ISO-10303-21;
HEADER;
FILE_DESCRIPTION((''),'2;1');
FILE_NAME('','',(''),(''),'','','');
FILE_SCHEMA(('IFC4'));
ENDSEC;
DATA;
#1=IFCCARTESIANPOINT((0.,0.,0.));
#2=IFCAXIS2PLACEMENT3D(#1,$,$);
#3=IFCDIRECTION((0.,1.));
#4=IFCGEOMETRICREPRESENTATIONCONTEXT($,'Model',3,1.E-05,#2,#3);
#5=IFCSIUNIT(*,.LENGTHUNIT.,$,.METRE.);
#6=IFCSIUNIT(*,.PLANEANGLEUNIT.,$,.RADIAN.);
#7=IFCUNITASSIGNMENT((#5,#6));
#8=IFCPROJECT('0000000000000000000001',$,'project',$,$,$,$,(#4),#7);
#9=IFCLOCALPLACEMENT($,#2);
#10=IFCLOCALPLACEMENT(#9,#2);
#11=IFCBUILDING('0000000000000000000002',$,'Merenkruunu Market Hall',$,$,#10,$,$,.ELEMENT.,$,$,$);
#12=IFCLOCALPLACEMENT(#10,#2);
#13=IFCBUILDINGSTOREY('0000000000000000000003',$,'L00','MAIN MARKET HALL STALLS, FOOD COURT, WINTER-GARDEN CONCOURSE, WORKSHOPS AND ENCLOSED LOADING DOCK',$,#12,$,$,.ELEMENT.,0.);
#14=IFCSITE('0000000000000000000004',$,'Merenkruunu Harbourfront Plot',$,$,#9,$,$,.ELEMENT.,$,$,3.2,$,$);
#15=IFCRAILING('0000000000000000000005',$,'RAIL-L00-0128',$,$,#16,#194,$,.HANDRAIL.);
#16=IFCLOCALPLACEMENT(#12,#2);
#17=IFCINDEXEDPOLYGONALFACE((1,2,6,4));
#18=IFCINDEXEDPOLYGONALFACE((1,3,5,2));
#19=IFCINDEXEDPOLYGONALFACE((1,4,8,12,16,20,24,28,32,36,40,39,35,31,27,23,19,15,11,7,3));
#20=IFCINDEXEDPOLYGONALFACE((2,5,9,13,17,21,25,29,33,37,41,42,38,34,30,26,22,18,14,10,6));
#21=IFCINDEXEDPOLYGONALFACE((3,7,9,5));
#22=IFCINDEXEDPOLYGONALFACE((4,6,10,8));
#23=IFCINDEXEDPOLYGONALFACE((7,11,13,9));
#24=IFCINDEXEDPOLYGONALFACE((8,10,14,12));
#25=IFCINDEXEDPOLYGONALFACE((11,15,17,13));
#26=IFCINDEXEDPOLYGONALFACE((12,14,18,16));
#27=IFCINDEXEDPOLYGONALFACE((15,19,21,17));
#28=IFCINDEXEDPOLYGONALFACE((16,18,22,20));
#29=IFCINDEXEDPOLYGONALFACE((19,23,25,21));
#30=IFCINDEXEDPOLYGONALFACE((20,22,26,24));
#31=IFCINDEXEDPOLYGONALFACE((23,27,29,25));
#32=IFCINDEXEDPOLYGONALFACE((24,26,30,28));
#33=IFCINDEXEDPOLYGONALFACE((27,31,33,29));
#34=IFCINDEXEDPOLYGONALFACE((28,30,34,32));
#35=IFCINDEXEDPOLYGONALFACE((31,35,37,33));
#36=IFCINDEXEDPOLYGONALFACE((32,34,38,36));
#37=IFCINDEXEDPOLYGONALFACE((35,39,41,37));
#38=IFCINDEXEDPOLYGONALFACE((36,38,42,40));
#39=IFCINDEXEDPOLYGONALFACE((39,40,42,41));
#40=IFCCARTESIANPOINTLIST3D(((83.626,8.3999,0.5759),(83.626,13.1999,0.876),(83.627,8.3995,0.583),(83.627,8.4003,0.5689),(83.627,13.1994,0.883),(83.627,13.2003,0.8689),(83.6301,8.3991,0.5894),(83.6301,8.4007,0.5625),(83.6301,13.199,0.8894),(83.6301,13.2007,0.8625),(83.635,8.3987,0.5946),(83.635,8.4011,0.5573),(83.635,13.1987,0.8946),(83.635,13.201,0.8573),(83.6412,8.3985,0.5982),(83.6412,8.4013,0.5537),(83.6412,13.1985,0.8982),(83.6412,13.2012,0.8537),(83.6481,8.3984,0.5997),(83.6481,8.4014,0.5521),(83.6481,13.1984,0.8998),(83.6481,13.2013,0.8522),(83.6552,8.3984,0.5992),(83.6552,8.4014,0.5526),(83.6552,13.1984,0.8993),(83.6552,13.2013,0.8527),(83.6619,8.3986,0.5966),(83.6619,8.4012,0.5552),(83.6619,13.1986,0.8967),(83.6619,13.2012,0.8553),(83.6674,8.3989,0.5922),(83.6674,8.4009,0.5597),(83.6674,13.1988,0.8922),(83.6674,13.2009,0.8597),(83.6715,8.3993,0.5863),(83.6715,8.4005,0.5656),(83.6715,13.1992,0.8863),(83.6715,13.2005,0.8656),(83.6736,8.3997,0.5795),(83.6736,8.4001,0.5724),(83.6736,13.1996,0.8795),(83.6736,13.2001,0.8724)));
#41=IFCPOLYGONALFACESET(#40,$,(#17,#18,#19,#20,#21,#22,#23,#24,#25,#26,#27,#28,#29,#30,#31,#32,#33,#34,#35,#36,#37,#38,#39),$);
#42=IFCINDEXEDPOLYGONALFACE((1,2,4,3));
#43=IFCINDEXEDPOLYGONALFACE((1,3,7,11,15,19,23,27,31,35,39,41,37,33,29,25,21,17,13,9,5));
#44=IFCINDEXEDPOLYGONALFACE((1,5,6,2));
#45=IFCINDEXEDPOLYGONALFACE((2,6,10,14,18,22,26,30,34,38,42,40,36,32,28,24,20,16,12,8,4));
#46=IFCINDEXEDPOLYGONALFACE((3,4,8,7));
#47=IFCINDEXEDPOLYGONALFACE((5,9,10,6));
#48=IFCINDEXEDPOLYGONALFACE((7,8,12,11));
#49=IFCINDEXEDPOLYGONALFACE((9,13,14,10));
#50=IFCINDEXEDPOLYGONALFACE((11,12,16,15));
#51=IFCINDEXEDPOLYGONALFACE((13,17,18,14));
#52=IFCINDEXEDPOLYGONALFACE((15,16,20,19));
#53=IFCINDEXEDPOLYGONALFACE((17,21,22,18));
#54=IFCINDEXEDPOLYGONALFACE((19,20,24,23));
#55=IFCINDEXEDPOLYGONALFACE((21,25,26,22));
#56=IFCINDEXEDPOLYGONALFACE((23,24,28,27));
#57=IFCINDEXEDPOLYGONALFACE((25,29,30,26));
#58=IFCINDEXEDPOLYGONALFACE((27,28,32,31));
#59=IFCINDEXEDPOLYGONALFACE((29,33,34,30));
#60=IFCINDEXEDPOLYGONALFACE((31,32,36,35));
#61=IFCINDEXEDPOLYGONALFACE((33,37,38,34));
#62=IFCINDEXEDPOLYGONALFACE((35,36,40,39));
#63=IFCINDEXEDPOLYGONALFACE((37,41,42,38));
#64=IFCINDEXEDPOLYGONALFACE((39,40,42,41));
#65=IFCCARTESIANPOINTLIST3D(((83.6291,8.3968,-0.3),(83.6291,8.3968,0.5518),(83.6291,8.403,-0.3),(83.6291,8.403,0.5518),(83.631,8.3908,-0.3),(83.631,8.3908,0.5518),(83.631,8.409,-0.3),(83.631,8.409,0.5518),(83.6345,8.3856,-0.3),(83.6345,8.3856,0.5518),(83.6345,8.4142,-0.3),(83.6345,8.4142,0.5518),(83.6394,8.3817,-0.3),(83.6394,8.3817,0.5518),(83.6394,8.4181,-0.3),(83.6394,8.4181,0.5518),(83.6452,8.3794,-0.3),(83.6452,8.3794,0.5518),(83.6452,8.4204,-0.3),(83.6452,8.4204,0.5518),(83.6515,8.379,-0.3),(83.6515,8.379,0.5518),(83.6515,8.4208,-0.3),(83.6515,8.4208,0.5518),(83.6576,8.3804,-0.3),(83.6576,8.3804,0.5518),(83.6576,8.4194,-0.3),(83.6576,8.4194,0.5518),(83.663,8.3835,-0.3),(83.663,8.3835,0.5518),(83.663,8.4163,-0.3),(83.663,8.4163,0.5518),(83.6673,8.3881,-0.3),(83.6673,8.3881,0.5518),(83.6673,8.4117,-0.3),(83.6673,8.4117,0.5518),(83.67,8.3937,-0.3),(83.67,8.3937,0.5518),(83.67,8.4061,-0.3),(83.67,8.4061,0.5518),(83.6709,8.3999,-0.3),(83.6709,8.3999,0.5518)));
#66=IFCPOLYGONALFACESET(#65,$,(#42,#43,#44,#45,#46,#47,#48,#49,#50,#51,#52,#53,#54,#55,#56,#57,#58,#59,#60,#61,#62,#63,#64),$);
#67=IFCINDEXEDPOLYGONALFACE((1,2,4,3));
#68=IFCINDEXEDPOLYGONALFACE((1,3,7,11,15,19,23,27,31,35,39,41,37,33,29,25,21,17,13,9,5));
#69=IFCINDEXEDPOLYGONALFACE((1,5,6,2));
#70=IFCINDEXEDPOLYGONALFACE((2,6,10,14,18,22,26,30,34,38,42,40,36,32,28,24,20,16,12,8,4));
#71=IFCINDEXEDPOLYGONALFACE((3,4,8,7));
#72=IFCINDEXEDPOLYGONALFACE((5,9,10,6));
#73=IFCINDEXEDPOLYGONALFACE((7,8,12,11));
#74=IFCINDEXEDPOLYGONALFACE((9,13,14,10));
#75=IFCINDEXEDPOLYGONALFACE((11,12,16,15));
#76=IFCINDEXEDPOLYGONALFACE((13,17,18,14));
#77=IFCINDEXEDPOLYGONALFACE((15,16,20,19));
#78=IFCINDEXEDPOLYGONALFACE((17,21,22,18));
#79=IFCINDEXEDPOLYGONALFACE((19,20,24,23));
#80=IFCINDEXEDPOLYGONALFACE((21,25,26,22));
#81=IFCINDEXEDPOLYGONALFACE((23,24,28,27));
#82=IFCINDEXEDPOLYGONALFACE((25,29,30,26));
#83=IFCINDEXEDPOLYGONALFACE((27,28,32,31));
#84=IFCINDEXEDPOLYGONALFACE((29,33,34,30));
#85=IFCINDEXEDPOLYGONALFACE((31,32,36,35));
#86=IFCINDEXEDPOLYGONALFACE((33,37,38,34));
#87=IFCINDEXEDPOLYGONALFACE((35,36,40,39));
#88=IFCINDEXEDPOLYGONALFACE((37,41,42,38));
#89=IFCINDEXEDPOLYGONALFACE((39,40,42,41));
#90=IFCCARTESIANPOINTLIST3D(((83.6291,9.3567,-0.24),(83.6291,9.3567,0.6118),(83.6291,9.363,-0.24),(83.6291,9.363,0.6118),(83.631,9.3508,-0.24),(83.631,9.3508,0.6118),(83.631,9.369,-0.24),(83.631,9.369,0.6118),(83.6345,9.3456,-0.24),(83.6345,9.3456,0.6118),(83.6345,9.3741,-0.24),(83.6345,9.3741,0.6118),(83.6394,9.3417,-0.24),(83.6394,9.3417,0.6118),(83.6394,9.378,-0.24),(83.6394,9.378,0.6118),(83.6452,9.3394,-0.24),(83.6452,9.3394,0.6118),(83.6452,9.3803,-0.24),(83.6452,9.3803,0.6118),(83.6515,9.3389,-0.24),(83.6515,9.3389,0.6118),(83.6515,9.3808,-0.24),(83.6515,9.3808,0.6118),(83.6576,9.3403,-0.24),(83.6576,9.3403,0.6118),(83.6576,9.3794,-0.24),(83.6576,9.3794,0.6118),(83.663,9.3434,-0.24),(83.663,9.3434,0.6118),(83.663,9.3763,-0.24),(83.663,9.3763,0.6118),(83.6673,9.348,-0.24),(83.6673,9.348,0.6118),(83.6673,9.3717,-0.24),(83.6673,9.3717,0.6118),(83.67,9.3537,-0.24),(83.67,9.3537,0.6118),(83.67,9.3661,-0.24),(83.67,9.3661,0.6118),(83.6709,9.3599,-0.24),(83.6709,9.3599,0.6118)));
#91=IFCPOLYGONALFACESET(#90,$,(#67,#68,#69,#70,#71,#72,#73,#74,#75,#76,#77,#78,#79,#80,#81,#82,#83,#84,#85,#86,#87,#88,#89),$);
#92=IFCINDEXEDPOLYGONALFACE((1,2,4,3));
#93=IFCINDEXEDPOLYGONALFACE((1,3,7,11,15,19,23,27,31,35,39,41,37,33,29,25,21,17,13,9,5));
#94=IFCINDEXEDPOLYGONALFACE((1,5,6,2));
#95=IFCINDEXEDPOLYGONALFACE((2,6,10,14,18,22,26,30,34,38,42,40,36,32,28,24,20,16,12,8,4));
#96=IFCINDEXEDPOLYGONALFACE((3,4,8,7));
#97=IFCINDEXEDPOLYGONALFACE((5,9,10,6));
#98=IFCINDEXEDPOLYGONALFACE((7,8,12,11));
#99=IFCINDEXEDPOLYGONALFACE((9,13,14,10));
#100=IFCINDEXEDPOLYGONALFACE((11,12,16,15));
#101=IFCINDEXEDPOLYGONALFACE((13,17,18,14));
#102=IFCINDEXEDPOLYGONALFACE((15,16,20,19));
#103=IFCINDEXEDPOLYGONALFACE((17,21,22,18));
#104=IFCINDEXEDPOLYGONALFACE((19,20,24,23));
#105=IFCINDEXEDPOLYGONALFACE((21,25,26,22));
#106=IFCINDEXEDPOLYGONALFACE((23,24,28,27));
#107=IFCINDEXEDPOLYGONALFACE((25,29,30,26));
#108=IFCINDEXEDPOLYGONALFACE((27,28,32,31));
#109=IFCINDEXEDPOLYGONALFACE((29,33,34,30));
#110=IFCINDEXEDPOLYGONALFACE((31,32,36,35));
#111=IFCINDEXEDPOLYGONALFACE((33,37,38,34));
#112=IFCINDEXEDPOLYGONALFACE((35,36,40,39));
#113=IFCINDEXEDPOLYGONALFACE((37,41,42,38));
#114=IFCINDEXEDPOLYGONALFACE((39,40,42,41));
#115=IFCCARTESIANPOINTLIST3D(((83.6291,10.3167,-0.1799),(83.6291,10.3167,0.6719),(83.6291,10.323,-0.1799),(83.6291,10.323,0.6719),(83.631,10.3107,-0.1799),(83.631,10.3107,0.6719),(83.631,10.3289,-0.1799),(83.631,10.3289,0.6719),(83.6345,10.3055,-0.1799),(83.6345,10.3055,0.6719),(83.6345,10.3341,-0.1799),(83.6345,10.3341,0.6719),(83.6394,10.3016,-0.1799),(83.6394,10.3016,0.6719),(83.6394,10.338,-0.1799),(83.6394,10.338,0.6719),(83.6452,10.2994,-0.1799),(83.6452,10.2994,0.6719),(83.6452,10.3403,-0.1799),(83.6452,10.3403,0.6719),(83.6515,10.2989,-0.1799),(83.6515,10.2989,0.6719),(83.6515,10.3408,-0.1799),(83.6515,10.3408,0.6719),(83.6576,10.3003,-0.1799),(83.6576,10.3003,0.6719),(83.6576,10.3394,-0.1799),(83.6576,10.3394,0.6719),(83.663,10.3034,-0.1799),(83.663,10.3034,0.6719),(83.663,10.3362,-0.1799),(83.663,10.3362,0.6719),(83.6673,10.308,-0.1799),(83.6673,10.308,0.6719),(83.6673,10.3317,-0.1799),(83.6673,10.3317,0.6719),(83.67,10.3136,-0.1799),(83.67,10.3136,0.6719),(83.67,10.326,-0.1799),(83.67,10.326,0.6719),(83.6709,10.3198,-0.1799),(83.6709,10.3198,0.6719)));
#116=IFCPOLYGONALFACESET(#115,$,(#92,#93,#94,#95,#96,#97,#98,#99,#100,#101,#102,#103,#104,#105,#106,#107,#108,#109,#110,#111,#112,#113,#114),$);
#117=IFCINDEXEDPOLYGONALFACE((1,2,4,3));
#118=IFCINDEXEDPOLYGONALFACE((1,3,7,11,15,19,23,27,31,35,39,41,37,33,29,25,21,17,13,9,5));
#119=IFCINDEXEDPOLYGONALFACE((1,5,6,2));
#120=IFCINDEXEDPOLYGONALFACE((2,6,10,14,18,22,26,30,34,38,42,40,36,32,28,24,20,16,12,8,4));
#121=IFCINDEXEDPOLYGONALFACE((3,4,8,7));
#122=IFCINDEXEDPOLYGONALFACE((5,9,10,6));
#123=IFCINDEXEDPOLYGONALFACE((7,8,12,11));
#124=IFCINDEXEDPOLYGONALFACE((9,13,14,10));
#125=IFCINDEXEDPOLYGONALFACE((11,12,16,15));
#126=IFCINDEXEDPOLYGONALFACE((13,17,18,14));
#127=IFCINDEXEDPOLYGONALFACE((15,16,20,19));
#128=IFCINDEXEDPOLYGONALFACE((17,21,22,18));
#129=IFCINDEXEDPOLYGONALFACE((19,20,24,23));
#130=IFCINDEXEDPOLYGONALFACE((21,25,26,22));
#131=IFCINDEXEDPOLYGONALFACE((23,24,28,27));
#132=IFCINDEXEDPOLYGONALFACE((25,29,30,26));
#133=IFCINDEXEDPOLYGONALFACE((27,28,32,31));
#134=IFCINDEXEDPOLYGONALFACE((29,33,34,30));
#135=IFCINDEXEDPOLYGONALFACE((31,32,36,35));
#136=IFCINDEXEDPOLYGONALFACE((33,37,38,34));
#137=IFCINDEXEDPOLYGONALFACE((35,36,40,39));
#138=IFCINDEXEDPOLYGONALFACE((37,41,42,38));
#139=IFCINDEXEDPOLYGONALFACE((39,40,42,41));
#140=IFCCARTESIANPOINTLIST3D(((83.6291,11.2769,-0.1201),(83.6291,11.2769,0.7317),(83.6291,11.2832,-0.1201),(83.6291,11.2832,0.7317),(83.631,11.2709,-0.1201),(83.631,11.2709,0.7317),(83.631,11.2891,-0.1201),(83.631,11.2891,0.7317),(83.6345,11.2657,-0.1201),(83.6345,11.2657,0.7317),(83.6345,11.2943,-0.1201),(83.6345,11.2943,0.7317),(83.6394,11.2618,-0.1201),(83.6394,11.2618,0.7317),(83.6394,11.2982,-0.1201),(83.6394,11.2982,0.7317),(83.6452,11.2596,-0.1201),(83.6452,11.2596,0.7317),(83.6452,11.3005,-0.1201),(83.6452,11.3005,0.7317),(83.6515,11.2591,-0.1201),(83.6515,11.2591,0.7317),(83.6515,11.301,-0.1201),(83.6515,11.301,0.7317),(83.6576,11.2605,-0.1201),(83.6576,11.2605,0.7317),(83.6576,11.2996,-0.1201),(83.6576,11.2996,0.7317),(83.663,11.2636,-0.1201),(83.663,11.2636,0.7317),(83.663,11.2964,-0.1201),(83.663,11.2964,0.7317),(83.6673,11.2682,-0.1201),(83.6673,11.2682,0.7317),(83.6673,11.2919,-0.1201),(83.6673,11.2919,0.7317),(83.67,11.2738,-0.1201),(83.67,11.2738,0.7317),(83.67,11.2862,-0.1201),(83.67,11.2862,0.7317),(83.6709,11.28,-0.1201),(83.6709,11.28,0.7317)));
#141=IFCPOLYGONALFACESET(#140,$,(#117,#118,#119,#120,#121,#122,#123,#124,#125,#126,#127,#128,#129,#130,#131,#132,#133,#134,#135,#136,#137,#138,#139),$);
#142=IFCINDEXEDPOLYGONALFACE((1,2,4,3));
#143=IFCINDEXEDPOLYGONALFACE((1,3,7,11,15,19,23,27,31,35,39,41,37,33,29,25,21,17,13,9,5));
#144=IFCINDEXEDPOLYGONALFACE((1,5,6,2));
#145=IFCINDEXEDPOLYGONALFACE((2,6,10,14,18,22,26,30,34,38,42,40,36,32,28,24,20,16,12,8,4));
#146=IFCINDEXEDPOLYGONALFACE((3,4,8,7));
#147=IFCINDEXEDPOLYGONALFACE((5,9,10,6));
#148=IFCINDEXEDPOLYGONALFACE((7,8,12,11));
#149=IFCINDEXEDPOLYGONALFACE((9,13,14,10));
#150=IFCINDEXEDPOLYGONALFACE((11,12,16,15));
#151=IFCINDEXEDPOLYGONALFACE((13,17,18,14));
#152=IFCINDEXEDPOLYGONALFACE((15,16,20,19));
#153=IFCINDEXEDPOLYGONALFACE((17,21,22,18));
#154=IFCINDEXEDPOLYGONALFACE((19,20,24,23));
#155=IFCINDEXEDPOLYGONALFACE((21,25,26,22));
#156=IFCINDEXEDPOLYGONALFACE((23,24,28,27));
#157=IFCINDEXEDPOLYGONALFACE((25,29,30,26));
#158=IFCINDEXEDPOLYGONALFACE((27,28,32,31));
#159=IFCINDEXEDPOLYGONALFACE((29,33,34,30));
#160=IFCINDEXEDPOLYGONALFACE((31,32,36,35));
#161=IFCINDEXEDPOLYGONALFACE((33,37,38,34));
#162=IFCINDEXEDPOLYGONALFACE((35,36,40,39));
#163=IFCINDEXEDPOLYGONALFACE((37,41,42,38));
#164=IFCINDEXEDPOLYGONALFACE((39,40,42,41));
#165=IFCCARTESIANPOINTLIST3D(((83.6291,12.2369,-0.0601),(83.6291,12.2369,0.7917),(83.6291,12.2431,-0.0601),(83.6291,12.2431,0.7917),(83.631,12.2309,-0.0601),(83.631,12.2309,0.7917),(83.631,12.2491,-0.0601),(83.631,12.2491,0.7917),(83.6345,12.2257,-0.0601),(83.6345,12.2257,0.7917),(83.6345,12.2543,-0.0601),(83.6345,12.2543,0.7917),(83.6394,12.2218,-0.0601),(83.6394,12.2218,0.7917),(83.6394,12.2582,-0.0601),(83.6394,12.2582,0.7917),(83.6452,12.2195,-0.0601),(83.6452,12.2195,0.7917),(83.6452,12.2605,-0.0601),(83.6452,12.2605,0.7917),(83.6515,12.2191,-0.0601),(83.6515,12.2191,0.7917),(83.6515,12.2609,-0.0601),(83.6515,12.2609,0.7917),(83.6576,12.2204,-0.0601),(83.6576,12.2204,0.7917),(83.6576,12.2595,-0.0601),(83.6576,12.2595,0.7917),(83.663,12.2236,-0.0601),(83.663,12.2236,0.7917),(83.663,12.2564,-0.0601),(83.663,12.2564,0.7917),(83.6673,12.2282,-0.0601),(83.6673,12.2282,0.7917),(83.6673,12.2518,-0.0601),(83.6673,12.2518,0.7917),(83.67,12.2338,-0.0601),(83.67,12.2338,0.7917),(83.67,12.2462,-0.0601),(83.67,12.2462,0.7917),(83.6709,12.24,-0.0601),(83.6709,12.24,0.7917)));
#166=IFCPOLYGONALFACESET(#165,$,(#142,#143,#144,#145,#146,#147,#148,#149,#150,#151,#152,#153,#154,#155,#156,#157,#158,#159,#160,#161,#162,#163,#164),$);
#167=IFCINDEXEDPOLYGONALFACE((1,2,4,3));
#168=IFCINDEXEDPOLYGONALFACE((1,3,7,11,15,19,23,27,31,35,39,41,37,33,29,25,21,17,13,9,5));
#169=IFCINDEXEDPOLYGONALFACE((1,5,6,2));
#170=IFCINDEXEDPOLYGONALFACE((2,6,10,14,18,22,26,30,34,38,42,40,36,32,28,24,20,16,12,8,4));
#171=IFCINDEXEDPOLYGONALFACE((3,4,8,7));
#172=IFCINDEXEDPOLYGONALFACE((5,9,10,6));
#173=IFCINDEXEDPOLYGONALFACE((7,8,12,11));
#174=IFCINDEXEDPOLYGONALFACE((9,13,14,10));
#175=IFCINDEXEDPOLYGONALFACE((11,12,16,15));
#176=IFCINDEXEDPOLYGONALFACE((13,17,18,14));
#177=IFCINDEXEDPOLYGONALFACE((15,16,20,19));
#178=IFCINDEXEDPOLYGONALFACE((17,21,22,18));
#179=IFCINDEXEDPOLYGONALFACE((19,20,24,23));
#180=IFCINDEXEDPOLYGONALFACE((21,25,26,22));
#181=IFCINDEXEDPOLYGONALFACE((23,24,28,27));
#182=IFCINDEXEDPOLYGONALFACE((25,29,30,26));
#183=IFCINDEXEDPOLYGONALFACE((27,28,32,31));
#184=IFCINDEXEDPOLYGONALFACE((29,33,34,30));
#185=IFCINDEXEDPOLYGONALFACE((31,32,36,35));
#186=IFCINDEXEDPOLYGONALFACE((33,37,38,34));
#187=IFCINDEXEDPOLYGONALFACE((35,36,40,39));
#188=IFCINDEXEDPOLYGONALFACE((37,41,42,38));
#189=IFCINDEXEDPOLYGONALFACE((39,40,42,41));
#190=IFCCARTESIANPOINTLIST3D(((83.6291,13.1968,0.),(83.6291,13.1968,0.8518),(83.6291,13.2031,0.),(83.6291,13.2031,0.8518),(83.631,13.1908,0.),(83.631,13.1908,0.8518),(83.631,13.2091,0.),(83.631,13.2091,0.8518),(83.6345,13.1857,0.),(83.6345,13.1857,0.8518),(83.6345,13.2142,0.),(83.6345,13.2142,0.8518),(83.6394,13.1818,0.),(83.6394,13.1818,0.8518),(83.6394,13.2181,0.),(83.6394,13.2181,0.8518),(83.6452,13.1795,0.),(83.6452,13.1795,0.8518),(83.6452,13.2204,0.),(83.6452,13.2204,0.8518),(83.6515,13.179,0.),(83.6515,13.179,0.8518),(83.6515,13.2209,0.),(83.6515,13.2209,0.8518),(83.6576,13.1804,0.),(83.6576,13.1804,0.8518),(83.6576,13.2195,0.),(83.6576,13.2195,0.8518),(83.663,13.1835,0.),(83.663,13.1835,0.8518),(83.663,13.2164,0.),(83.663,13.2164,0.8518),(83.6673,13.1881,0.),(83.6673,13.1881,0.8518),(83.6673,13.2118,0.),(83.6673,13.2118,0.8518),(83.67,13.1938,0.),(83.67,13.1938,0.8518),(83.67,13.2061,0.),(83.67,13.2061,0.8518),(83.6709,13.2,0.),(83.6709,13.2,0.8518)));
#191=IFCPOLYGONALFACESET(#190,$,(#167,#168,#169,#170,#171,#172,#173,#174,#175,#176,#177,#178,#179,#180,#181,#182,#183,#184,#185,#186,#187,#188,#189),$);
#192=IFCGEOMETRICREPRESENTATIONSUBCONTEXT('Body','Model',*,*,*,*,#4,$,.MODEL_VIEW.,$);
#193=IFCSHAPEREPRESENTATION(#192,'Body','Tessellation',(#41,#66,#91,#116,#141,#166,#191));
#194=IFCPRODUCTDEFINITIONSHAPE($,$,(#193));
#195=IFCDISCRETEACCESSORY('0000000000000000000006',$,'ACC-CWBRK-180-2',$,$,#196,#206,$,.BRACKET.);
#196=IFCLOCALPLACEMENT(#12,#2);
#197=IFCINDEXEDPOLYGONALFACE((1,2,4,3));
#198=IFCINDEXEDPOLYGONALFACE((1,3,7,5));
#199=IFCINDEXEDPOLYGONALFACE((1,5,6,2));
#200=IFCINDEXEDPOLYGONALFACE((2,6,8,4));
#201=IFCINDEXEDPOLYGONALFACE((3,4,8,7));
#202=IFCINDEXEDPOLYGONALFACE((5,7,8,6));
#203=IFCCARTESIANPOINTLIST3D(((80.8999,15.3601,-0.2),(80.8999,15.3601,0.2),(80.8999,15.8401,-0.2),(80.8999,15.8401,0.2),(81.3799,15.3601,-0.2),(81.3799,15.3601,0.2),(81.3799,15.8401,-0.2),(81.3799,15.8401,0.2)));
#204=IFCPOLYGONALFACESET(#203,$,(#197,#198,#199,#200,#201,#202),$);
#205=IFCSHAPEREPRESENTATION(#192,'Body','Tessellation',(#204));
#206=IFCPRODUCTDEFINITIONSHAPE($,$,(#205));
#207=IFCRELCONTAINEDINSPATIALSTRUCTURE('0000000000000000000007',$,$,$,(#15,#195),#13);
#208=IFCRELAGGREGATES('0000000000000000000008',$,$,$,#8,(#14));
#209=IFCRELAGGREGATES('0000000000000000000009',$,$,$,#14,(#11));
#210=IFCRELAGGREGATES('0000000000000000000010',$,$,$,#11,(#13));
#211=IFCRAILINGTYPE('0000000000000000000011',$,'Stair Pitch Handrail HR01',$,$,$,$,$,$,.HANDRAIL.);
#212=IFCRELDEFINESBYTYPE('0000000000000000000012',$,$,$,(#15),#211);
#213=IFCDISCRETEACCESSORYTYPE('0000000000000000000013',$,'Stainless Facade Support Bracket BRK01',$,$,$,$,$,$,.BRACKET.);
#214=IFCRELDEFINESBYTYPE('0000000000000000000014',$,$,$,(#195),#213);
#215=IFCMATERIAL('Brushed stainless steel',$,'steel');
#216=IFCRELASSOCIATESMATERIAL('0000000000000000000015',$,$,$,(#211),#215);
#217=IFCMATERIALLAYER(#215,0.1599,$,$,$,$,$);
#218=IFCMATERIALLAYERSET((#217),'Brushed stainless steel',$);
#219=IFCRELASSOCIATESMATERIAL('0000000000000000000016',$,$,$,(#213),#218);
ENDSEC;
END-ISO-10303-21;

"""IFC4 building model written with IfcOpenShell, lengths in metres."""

from ifc_helpers import new_model, si_unit, direction, frame, origin, origin_2d, place, context, subcontext, project, spatial, rectangle, circle, extrude, material, layer, layer_set, type_object, element, save


model = new_model("IFC4")

# Units and contexts
model_context = context("Model", 3, precision=1e-05, world=origin(), true_north=direction((0.0, 1.0)))
body_context = subcontext(model_context, "Body", "Model", "MODEL_VIEW")
ifc_project = project(units=[si_unit("LENGTHUNIT", "METRE"), si_unit("PLANEANGLEUNIT", "RADIAN")], contexts=[model_context])

# Site, building, storey
site_placement = place(None, origin())
site = spatial("IfcSite", under=ifc_project, at=site_placement, Name="Merenkruunu Harbourfront Plot", CompositionType="ELEMENT", RefElevation=3.2)
building_placement = place(site_placement, origin())
building = spatial("IfcBuilding", under=site, at=building_placement, Name="Merenkruunu Market Hall", CompositionType="ELEMENT")
storey_placement = place(building_placement, origin())
storey = spatial("IfcBuildingStorey", under=building, at=storey_placement, Name="L00", Description="MAIN MARKET HALL STALLS, FOOD COURT, WINTER-GARDEN CONCOURSE, WORKSHOPS AND ENCLOSED LOADING DOCK", CompositionType="ELEMENT", Elevation=0.0)

# Railing
ifc_material_1 = material(Name="Brushed stainless steel", Category="steel")
railing_type = type_object("IfcRailingType", Name="Stair Pitch Handrail HR01", PredefinedType="HANDRAIL", material=ifc_material_1)
for number, where, name in (
    (1, (83.6499, 8.3999, -0.3), "RAIL-L00-0128"),
):
    element("IfcRailing", number, at=place(storey_placement, frame(where)), inside=storey, type_object=railing_type, Name=name, PredefinedType="HANDRAIL", context=body_context, shape_type="SweptSolid", body=[
        extrude(circle(Radius=0.0239, at=origin_2d()), frame((0.0, 0.0, 0.876), z_axis=(0.0, 0.998052, 0.062388), x_axis=(-1.0, 0.0, 0.0)), (0.0, 0.0, 1.0), 4.8093),
        extrude(circle(Radius=0.021, at=origin_2d()), origin(), (0.0, 0.0, 1.0), 0.8518),
        extrude(circle(Radius=0.021, at=origin_2d()), frame((0.0, 0.96, 0.0601)), (0.0, 0.0, 1.0), 0.8518),
        extrude(circle(Radius=0.021, at=origin_2d()), frame((0.0, 1.9199, 0.1201)), (0.0, 0.0, 1.0), 0.8518),
        extrude(circle(Radius=0.021, at=origin_2d()), frame((0.0, 2.8801, 0.1799)), (0.0, 0.0, 1.0), 0.8518),
        extrude(circle(Radius=0.021, at=origin_2d()), frame((0.0, 3.8401, 0.24)), (0.0, 0.0, 1.0), 0.8518),
        extrude(circle(Radius=0.021, at=origin_2d()), frame((0.0, 4.8, 0.3)), (0.0, 0.0, 1.0), 0.8518),
    ])

# Discrete accessory
ifc_layer_1 = layer(ifc_material_1, 0.1599)
ifc_layer_set_1 = layer_set([ifc_layer_1], Name="Brushed stainless steel")
discrete_accessory_type = type_object("IfcDiscreteAccessoryType", Name="Stainless Facade Support Bracket BRK01", PredefinedType="BRACKET", material=ifc_layer_set_1)
for number, where, z_axis, x_axis, name in (
    (2, (81.1399, 15.6001, -0.2), (0.0, 0.0, 1.0), (1.0, 0.0, 0.0), "ACC-CWBRK-180-2"),
):
    element("IfcDiscreteAccessory", number, at=place(storey_placement, frame(where, z_axis=z_axis, x_axis=x_axis)), inside=storey, type_object=discrete_accessory_type, Name=name, PredefinedType="BRACKET", context=body_context, shape_type="SweptSolid", body=[
        extrude(rectangle(XDim=0.48, YDim=0.48, at=origin_2d()), origin(), (0.0, 0.0, 1.0), 0.3999),
    ])

save(model, "model.ifc")
